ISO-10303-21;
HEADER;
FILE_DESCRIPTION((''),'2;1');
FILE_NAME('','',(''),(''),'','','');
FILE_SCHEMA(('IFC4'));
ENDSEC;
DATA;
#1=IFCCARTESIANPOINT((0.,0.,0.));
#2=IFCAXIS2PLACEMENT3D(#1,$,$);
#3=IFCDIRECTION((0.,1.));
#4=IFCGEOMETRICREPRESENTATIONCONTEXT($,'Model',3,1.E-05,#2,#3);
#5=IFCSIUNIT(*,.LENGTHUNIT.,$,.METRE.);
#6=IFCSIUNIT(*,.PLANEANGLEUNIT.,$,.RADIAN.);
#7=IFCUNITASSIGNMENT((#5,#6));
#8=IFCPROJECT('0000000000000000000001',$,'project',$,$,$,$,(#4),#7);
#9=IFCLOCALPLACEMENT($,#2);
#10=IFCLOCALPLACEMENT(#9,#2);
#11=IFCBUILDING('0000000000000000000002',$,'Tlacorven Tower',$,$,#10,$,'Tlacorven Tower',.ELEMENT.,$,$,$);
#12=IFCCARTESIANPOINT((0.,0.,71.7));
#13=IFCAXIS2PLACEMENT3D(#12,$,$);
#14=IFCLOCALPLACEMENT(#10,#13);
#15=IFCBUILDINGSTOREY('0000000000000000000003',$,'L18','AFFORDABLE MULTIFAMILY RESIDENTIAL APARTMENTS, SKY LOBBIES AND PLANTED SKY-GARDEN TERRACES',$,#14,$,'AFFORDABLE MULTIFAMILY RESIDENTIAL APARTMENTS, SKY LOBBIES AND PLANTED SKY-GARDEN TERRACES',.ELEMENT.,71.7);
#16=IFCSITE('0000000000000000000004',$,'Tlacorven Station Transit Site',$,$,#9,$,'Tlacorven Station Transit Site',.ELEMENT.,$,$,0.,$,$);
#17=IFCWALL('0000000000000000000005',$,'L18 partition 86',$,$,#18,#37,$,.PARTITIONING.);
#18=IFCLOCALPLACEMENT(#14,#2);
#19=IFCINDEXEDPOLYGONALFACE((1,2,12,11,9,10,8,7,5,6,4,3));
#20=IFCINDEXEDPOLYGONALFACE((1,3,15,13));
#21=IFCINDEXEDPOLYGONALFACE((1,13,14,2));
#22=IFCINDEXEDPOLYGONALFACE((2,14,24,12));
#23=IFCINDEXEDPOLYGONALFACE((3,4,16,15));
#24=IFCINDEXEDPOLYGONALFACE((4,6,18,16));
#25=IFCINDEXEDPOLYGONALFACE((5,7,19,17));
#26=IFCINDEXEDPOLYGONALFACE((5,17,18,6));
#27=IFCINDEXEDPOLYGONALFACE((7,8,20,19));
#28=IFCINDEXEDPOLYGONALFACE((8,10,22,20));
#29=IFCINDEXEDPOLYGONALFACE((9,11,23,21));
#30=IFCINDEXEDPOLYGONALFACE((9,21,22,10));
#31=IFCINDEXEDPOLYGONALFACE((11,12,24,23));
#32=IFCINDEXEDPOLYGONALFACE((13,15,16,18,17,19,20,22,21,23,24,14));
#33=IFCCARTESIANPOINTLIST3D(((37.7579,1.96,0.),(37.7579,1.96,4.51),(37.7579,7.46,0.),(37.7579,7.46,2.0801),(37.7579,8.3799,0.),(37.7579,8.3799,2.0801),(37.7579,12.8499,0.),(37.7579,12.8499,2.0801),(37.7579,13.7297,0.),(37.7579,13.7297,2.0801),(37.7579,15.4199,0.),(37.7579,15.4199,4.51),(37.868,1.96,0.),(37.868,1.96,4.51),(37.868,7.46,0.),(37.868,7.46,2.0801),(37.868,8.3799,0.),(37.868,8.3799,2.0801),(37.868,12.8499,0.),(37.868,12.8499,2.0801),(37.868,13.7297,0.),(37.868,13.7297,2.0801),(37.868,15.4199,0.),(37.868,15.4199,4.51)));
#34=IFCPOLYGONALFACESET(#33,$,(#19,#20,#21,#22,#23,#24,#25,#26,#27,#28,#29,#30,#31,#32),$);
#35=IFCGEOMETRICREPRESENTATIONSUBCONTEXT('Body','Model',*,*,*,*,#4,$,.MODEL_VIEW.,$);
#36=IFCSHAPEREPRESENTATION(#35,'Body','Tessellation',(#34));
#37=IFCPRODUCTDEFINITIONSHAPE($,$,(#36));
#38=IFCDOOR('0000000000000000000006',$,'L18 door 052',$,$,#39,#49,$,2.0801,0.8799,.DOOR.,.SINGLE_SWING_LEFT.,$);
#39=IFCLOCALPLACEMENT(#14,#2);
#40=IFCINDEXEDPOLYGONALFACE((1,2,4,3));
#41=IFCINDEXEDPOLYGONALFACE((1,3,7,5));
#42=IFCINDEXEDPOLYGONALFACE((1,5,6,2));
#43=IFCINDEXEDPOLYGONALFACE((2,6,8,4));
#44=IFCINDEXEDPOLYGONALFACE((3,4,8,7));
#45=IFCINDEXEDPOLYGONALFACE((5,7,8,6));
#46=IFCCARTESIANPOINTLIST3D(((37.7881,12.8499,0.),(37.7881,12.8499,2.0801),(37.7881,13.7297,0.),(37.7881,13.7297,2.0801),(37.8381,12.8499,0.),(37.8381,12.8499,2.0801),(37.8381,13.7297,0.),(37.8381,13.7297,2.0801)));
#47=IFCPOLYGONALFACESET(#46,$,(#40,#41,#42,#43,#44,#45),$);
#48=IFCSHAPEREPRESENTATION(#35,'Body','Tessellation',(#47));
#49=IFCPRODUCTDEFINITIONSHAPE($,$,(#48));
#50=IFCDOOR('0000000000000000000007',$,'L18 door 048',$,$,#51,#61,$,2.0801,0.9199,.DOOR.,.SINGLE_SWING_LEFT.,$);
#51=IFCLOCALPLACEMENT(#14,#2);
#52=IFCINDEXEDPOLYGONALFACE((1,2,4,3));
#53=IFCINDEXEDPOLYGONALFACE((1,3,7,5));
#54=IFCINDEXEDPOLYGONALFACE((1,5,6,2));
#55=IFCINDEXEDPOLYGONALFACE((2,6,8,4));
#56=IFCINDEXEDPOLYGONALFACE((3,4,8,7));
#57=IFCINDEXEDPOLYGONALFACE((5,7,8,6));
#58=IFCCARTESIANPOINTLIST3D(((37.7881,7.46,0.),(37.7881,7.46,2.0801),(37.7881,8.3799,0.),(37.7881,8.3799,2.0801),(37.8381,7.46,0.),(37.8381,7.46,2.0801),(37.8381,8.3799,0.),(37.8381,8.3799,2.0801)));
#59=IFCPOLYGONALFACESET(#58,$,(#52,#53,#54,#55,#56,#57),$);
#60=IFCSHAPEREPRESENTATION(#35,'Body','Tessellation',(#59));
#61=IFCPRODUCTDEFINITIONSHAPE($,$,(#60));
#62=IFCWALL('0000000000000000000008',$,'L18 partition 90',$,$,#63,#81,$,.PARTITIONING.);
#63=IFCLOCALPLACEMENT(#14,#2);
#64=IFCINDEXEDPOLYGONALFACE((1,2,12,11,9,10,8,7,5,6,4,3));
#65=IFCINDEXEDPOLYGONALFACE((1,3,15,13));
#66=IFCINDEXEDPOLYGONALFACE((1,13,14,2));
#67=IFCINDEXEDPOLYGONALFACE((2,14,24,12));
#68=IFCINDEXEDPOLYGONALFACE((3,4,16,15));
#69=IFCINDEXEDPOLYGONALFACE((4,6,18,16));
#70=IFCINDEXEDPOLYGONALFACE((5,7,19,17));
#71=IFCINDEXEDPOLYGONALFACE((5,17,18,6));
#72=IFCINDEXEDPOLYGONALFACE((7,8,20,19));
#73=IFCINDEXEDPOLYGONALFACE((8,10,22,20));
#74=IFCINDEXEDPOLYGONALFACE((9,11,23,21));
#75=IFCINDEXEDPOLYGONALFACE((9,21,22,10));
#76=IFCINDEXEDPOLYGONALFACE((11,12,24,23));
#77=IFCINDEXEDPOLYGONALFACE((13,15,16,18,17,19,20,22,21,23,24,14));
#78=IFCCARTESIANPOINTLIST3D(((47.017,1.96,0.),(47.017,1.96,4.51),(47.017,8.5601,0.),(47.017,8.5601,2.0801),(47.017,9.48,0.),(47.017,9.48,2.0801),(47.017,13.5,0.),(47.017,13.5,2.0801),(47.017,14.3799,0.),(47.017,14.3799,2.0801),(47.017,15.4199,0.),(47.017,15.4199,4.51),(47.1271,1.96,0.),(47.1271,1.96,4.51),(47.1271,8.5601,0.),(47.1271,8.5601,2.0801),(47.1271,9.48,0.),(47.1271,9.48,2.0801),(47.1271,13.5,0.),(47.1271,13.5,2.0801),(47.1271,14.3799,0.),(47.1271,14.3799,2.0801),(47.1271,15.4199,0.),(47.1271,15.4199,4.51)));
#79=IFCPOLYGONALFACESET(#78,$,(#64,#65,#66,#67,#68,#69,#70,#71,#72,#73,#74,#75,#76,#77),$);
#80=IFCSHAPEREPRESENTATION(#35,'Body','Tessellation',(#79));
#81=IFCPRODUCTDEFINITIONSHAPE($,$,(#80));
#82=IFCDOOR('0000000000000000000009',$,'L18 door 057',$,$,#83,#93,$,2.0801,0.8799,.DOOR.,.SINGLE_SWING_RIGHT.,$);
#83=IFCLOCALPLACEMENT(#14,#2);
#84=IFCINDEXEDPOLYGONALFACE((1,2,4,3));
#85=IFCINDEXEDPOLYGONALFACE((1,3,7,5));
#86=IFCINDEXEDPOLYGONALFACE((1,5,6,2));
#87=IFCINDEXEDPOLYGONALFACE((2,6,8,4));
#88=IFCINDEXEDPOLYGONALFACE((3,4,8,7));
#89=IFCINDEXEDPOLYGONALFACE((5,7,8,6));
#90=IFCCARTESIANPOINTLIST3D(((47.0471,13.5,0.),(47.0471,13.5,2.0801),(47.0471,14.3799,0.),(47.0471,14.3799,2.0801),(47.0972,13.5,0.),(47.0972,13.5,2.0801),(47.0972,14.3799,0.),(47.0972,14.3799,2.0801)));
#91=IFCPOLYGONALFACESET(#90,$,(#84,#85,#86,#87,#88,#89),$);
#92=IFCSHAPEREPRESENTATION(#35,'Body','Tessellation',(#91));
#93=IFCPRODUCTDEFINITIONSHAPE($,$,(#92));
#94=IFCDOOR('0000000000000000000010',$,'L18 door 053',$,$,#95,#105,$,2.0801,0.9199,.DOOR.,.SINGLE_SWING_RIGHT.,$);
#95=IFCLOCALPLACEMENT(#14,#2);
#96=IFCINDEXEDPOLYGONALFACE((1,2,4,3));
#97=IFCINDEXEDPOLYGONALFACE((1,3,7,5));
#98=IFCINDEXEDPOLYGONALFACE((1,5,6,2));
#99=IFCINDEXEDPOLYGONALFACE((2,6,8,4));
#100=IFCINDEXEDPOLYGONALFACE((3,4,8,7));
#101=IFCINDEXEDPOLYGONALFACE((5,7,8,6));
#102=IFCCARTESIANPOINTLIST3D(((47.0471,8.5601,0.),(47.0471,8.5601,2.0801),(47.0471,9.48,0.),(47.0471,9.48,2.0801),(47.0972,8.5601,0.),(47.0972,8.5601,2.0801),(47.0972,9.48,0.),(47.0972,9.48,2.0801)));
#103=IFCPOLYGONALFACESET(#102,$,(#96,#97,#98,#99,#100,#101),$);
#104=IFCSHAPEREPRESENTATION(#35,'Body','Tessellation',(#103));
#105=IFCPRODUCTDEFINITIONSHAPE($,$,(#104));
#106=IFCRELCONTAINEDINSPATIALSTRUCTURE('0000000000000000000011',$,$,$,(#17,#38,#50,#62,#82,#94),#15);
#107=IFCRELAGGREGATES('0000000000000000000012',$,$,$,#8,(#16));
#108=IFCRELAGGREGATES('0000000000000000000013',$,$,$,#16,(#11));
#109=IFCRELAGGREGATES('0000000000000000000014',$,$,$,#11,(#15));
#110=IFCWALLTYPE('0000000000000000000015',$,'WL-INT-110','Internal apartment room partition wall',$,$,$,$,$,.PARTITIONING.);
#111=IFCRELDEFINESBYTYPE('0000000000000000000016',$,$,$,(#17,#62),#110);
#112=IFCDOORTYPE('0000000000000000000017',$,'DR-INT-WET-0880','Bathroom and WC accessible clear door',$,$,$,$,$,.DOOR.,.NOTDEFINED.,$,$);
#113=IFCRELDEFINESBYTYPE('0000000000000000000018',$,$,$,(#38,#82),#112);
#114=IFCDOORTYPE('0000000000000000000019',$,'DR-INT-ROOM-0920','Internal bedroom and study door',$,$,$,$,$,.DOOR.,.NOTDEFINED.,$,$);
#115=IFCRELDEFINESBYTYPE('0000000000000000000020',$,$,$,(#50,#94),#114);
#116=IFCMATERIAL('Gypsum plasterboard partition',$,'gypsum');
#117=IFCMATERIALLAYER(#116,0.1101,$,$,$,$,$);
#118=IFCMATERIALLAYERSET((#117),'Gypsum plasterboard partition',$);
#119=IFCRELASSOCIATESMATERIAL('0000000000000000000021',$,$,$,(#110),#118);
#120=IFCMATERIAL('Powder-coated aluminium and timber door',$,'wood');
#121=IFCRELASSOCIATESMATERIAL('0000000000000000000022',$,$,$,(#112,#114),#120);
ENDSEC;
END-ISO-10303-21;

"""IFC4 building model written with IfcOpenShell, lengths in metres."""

from ifc_helpers import new_model, si_unit, direction, frame, frame_2d, origin, place, context, subcontext, project, spatial, rectangle, extrude, source, transform, mapped, material, layer, layer_set, type_object, element, fill, save


model = new_model("IFC4")

# Units and contexts
model_context = context("Model", 3, precision=1e-05, world=origin(), true_north=direction((0.0, 1.0)))
body_context = subcontext(model_context, "Body", "Model", "MODEL_VIEW")
ifc_project = project(units=[si_unit("LENGTHUNIT", "METRE"), si_unit("PLANEANGLEUNIT", "RADIAN")], contexts=[model_context])

# Site, building, storey
site_placement = place(None, origin())
site = spatial("IfcSite", under=ifc_project, at=site_placement, Name="Tlacorven Station Transit Site", LongName="Tlacorven Station Transit Site", CompositionType="ELEMENT", RefElevation=0.0)
building_placement = place(site_placement, origin())
building = spatial("IfcBuilding", under=site, at=building_placement, Name="Tlacorven Tower", LongName="Tlacorven Tower", CompositionType="ELEMENT")
storey_placement = place(building_placement, frame((0.0, 0.0, 71.7)))
storey = spatial("IfcBuildingStorey", under=building, at=storey_placement, Name="L18", Description="AFFORDABLE MULTIFAMILY RESIDENTIAL APARTMENTS, SKY LOBBIES AND PLANTED SKY-GARDEN TERRACES", LongName="AFFORDABLE MULTIFAMILY RESIDENTIAL APARTMENTS, SKY LOBBIES AND PLANTED SKY-GARDEN TERRACES", CompositionType="ELEMENT", Elevation=71.7)

# Walls, openings, doors
ifc_material_1 = material(Name="Gypsum plasterboard partition", Category="gypsum")
ifc_layer_1 = layer(ifc_material_1, 0.1101)
ifc_layer_set_1 = layer_set([ifc_layer_1], Name="Gypsum plasterboard partition")
wall_type_1 = type_object("IfcWallType", Name="WL-INT-110", Description="Internal apartment room partition wall", PredefinedType="PARTITIONING", material=ifc_layer_set_1)
wall_1_placement = place(storey_placement, frame((37.813, 1.96, 0.0), z_axis=(0.0, 0.0, 1.0), x_axis=(0.0, 1.0, 0.0)))
wall_1 = element("IfcWall", 1, at=wall_1_placement, inside=storey, type_object=wall_type_1, Name="L18 partition 86", PredefinedType="PARTITIONING", context=body_context, shape_type="SweptSolid", body=[
    extrude(rectangle(XDim=13.46, YDim=0.1101, at=frame_2d((6.73, 0.0))), origin(), (0.0, 0.0, 1.0), 4.51),
])
opening_1_placement = place(wall_1_placement, frame((5.5, 0.0, 0.0)))
opening_1 = element("IfcOpeningElement", 2, at=opening_1_placement, cuts=wall_1, PredefinedType="OPENING", context=body_context, shape_type="SweptSolid", body=[
    extrude(rectangle(XDim=0.9199, YDim=2.0801, at=frame_2d((0.46, 1.04))), frame((0.0, 0.0649, 0.0), z_axis=(0.0, -1.0, 0.0), x_axis=(1.0, 0.0, 0.0)), (0.0, 0.0, 1.0), 0.1301),
])
opening_2_placement = place(wall_1_placement, frame((10.8899, 0.0, 0.0)))
opening_2 = element("IfcOpeningElement", 3, at=opening_2_placement, cuts=wall_1, PredefinedType="OPENING", context=body_context, shape_type="SweptSolid", body=[
    extrude(rectangle(XDim=0.8799, YDim=2.0801, at=frame_2d((0.4399, 1.04))), frame((0.0, 0.0649, 0.0), z_axis=(0.0, -1.0, 0.0), x_axis=(1.0, 0.0, 0.0)), (0.0, 0.0, 1.0), 0.1301),
])
ifc_material_2 = material(Name="Powder-coated aluminium and timber door", Category="wood")
door_type_1 = type_object("IfcDoorType", Name="DR-INT-WET-0880", Description="Bathroom and WC accessible clear door", OperationType="NOTDEFINED", PredefinedType="DOOR", material=ifc_material_2)
shared_shape_1 = source(origin(), body_context, "Body", "SweptSolid", [
    extrude(rectangle(XDim=0.8799, YDim=2.0801, at=frame_2d((0.4399, 1.04))), frame((0.0, 0.0249, 0.0), z_axis=(0.0, -1.0, 0.0), x_axis=(1.0, 0.0, 0.0)), (0.0, 0.0, 1.0), 0.05),
])
door_1_placement = place(opening_2_placement, origin())
door_1 = element("IfcDoor", 4, at=door_1_placement, inside=storey, type_object=door_type_1, Name="L18 door 052", OperationType="SINGLE_SWING_LEFT", OverallHeight=2.0801, OverallWidth=0.8799, PredefinedType="DOOR", context=body_context, shape_type="MappedRepresentation", body=[
    mapped(shared_shape_1, transform((0.0, 0.0, 0.0), scale=1.0)),
])
fill(opening_2, door_1)
door_type_2 = type_object("IfcDoorType", Name="DR-INT-ROOM-0920", Description="Internal bedroom and study door", OperationType="NOTDEFINED", PredefinedType="DOOR", material=ifc_material_2)
shared_shape_2 = source(origin(), body_context, "Body", "SweptSolid", [
    extrude(rectangle(XDim=0.9199, YDim=2.0801, at=frame_2d((0.46, 1.04))), frame((0.0, 0.0249, 0.0), z_axis=(0.0, -1.0, 0.0), x_axis=(1.0, 0.0, 0.0)), (0.0, 0.0, 1.0), 0.05),
])
door_2_placement = place(opening_1_placement, origin())
door_2 = element("IfcDoor", 5, at=door_2_placement, inside=storey, type_object=door_type_2, Name="L18 door 048", OperationType="SINGLE_SWING_LEFT", OverallHeight=2.0801, OverallWidth=0.9199, PredefinedType="DOOR", context=body_context, shape_type="MappedRepresentation", body=[
    mapped(shared_shape_2, transform((0.0, 0.0, 0.0), scale=1.0)),
])
fill(opening_1, door_2)
wall_2_placement = place(storey_placement, frame((47.072, 1.96, 0.0), z_axis=(0.0, 0.0, 1.0), x_axis=(0.0, 1.0, 0.0)))
wall_2 = element("IfcWall", 6, at=wall_2_placement, inside=storey, type_object=wall_type_1, Name="L18 partition 90", PredefinedType="PARTITIONING", context=body_context, shape_type="SweptSolid", body=[
    extrude(rectangle(XDim=13.46, YDim=0.1101, at=frame_2d((6.73, 0.0))), origin(), (0.0, 0.0, 1.0), 4.51),
])
opening_3_placement = place(wall_2_placement, frame((6.6001, 0.0, 0.0)))
opening_3 = element("IfcOpeningElement", 7, at=opening_3_placement, cuts=wall_2, PredefinedType="OPENING", context=body_context, shape_type="SweptSolid", body=[
    extrude(rectangle(XDim=0.9199, YDim=2.0801, at=frame_2d((0.46, 1.04))), frame((0.0, 0.0649, 0.0), z_axis=(0.0, -1.0, 0.0), x_axis=(1.0, 0.0, 0.0)), (0.0, 0.0, 1.0), 0.1301),
])
opening_4_placement = place(wall_2_placement, frame((11.54, 0.0, 0.0)))
opening_4 = element("IfcOpeningElement", 8, at=opening_4_placement, cuts=wall_2, PredefinedType="OPENING", context=body_context, shape_type="SweptSolid", body=[
    extrude(rectangle(XDim=0.8799, YDim=2.0801, at=frame_2d((0.4399, 1.04))), frame((0.0, 0.0649, 0.0), z_axis=(0.0, -1.0, 0.0), x_axis=(1.0, 0.0, 0.0)), (0.0, 0.0, 1.0), 0.1301),
])
door_3_placement = place(opening_4_placement, origin())
door_3 = element("IfcDoor", 9, at=door_3_placement, inside=storey, type_object=door_type_1, Name="L18 door 057", OperationType="SINGLE_SWING_RIGHT", OverallHeight=2.0801, OverallWidth=0.8799, PredefinedType="DOOR", context=body_context, shape_type="MappedRepresentation", body=[
    mapped(shared_shape_1, transform((0.0, 0.0, 0.0), scale=1.0)),
])
fill(opening_4, door_3)
door_4_placement = place(opening_3_placement, origin())
door_4 = element("IfcDoor", 10, at=door_4_placement, inside=storey, type_object=door_type_2, Name="L18 door 053", OperationType="SINGLE_SWING_RIGHT", OverallHeight=2.0801, OverallWidth=0.9199, PredefinedType="DOOR", context=body_context, shape_type="MappedRepresentation", body=[
    mapped(shared_shape_2, transform((0.0, 0.0, 0.0), scale=1.0)),
])
fill(opening_3, door_4)

save(model, "model.ifc")
